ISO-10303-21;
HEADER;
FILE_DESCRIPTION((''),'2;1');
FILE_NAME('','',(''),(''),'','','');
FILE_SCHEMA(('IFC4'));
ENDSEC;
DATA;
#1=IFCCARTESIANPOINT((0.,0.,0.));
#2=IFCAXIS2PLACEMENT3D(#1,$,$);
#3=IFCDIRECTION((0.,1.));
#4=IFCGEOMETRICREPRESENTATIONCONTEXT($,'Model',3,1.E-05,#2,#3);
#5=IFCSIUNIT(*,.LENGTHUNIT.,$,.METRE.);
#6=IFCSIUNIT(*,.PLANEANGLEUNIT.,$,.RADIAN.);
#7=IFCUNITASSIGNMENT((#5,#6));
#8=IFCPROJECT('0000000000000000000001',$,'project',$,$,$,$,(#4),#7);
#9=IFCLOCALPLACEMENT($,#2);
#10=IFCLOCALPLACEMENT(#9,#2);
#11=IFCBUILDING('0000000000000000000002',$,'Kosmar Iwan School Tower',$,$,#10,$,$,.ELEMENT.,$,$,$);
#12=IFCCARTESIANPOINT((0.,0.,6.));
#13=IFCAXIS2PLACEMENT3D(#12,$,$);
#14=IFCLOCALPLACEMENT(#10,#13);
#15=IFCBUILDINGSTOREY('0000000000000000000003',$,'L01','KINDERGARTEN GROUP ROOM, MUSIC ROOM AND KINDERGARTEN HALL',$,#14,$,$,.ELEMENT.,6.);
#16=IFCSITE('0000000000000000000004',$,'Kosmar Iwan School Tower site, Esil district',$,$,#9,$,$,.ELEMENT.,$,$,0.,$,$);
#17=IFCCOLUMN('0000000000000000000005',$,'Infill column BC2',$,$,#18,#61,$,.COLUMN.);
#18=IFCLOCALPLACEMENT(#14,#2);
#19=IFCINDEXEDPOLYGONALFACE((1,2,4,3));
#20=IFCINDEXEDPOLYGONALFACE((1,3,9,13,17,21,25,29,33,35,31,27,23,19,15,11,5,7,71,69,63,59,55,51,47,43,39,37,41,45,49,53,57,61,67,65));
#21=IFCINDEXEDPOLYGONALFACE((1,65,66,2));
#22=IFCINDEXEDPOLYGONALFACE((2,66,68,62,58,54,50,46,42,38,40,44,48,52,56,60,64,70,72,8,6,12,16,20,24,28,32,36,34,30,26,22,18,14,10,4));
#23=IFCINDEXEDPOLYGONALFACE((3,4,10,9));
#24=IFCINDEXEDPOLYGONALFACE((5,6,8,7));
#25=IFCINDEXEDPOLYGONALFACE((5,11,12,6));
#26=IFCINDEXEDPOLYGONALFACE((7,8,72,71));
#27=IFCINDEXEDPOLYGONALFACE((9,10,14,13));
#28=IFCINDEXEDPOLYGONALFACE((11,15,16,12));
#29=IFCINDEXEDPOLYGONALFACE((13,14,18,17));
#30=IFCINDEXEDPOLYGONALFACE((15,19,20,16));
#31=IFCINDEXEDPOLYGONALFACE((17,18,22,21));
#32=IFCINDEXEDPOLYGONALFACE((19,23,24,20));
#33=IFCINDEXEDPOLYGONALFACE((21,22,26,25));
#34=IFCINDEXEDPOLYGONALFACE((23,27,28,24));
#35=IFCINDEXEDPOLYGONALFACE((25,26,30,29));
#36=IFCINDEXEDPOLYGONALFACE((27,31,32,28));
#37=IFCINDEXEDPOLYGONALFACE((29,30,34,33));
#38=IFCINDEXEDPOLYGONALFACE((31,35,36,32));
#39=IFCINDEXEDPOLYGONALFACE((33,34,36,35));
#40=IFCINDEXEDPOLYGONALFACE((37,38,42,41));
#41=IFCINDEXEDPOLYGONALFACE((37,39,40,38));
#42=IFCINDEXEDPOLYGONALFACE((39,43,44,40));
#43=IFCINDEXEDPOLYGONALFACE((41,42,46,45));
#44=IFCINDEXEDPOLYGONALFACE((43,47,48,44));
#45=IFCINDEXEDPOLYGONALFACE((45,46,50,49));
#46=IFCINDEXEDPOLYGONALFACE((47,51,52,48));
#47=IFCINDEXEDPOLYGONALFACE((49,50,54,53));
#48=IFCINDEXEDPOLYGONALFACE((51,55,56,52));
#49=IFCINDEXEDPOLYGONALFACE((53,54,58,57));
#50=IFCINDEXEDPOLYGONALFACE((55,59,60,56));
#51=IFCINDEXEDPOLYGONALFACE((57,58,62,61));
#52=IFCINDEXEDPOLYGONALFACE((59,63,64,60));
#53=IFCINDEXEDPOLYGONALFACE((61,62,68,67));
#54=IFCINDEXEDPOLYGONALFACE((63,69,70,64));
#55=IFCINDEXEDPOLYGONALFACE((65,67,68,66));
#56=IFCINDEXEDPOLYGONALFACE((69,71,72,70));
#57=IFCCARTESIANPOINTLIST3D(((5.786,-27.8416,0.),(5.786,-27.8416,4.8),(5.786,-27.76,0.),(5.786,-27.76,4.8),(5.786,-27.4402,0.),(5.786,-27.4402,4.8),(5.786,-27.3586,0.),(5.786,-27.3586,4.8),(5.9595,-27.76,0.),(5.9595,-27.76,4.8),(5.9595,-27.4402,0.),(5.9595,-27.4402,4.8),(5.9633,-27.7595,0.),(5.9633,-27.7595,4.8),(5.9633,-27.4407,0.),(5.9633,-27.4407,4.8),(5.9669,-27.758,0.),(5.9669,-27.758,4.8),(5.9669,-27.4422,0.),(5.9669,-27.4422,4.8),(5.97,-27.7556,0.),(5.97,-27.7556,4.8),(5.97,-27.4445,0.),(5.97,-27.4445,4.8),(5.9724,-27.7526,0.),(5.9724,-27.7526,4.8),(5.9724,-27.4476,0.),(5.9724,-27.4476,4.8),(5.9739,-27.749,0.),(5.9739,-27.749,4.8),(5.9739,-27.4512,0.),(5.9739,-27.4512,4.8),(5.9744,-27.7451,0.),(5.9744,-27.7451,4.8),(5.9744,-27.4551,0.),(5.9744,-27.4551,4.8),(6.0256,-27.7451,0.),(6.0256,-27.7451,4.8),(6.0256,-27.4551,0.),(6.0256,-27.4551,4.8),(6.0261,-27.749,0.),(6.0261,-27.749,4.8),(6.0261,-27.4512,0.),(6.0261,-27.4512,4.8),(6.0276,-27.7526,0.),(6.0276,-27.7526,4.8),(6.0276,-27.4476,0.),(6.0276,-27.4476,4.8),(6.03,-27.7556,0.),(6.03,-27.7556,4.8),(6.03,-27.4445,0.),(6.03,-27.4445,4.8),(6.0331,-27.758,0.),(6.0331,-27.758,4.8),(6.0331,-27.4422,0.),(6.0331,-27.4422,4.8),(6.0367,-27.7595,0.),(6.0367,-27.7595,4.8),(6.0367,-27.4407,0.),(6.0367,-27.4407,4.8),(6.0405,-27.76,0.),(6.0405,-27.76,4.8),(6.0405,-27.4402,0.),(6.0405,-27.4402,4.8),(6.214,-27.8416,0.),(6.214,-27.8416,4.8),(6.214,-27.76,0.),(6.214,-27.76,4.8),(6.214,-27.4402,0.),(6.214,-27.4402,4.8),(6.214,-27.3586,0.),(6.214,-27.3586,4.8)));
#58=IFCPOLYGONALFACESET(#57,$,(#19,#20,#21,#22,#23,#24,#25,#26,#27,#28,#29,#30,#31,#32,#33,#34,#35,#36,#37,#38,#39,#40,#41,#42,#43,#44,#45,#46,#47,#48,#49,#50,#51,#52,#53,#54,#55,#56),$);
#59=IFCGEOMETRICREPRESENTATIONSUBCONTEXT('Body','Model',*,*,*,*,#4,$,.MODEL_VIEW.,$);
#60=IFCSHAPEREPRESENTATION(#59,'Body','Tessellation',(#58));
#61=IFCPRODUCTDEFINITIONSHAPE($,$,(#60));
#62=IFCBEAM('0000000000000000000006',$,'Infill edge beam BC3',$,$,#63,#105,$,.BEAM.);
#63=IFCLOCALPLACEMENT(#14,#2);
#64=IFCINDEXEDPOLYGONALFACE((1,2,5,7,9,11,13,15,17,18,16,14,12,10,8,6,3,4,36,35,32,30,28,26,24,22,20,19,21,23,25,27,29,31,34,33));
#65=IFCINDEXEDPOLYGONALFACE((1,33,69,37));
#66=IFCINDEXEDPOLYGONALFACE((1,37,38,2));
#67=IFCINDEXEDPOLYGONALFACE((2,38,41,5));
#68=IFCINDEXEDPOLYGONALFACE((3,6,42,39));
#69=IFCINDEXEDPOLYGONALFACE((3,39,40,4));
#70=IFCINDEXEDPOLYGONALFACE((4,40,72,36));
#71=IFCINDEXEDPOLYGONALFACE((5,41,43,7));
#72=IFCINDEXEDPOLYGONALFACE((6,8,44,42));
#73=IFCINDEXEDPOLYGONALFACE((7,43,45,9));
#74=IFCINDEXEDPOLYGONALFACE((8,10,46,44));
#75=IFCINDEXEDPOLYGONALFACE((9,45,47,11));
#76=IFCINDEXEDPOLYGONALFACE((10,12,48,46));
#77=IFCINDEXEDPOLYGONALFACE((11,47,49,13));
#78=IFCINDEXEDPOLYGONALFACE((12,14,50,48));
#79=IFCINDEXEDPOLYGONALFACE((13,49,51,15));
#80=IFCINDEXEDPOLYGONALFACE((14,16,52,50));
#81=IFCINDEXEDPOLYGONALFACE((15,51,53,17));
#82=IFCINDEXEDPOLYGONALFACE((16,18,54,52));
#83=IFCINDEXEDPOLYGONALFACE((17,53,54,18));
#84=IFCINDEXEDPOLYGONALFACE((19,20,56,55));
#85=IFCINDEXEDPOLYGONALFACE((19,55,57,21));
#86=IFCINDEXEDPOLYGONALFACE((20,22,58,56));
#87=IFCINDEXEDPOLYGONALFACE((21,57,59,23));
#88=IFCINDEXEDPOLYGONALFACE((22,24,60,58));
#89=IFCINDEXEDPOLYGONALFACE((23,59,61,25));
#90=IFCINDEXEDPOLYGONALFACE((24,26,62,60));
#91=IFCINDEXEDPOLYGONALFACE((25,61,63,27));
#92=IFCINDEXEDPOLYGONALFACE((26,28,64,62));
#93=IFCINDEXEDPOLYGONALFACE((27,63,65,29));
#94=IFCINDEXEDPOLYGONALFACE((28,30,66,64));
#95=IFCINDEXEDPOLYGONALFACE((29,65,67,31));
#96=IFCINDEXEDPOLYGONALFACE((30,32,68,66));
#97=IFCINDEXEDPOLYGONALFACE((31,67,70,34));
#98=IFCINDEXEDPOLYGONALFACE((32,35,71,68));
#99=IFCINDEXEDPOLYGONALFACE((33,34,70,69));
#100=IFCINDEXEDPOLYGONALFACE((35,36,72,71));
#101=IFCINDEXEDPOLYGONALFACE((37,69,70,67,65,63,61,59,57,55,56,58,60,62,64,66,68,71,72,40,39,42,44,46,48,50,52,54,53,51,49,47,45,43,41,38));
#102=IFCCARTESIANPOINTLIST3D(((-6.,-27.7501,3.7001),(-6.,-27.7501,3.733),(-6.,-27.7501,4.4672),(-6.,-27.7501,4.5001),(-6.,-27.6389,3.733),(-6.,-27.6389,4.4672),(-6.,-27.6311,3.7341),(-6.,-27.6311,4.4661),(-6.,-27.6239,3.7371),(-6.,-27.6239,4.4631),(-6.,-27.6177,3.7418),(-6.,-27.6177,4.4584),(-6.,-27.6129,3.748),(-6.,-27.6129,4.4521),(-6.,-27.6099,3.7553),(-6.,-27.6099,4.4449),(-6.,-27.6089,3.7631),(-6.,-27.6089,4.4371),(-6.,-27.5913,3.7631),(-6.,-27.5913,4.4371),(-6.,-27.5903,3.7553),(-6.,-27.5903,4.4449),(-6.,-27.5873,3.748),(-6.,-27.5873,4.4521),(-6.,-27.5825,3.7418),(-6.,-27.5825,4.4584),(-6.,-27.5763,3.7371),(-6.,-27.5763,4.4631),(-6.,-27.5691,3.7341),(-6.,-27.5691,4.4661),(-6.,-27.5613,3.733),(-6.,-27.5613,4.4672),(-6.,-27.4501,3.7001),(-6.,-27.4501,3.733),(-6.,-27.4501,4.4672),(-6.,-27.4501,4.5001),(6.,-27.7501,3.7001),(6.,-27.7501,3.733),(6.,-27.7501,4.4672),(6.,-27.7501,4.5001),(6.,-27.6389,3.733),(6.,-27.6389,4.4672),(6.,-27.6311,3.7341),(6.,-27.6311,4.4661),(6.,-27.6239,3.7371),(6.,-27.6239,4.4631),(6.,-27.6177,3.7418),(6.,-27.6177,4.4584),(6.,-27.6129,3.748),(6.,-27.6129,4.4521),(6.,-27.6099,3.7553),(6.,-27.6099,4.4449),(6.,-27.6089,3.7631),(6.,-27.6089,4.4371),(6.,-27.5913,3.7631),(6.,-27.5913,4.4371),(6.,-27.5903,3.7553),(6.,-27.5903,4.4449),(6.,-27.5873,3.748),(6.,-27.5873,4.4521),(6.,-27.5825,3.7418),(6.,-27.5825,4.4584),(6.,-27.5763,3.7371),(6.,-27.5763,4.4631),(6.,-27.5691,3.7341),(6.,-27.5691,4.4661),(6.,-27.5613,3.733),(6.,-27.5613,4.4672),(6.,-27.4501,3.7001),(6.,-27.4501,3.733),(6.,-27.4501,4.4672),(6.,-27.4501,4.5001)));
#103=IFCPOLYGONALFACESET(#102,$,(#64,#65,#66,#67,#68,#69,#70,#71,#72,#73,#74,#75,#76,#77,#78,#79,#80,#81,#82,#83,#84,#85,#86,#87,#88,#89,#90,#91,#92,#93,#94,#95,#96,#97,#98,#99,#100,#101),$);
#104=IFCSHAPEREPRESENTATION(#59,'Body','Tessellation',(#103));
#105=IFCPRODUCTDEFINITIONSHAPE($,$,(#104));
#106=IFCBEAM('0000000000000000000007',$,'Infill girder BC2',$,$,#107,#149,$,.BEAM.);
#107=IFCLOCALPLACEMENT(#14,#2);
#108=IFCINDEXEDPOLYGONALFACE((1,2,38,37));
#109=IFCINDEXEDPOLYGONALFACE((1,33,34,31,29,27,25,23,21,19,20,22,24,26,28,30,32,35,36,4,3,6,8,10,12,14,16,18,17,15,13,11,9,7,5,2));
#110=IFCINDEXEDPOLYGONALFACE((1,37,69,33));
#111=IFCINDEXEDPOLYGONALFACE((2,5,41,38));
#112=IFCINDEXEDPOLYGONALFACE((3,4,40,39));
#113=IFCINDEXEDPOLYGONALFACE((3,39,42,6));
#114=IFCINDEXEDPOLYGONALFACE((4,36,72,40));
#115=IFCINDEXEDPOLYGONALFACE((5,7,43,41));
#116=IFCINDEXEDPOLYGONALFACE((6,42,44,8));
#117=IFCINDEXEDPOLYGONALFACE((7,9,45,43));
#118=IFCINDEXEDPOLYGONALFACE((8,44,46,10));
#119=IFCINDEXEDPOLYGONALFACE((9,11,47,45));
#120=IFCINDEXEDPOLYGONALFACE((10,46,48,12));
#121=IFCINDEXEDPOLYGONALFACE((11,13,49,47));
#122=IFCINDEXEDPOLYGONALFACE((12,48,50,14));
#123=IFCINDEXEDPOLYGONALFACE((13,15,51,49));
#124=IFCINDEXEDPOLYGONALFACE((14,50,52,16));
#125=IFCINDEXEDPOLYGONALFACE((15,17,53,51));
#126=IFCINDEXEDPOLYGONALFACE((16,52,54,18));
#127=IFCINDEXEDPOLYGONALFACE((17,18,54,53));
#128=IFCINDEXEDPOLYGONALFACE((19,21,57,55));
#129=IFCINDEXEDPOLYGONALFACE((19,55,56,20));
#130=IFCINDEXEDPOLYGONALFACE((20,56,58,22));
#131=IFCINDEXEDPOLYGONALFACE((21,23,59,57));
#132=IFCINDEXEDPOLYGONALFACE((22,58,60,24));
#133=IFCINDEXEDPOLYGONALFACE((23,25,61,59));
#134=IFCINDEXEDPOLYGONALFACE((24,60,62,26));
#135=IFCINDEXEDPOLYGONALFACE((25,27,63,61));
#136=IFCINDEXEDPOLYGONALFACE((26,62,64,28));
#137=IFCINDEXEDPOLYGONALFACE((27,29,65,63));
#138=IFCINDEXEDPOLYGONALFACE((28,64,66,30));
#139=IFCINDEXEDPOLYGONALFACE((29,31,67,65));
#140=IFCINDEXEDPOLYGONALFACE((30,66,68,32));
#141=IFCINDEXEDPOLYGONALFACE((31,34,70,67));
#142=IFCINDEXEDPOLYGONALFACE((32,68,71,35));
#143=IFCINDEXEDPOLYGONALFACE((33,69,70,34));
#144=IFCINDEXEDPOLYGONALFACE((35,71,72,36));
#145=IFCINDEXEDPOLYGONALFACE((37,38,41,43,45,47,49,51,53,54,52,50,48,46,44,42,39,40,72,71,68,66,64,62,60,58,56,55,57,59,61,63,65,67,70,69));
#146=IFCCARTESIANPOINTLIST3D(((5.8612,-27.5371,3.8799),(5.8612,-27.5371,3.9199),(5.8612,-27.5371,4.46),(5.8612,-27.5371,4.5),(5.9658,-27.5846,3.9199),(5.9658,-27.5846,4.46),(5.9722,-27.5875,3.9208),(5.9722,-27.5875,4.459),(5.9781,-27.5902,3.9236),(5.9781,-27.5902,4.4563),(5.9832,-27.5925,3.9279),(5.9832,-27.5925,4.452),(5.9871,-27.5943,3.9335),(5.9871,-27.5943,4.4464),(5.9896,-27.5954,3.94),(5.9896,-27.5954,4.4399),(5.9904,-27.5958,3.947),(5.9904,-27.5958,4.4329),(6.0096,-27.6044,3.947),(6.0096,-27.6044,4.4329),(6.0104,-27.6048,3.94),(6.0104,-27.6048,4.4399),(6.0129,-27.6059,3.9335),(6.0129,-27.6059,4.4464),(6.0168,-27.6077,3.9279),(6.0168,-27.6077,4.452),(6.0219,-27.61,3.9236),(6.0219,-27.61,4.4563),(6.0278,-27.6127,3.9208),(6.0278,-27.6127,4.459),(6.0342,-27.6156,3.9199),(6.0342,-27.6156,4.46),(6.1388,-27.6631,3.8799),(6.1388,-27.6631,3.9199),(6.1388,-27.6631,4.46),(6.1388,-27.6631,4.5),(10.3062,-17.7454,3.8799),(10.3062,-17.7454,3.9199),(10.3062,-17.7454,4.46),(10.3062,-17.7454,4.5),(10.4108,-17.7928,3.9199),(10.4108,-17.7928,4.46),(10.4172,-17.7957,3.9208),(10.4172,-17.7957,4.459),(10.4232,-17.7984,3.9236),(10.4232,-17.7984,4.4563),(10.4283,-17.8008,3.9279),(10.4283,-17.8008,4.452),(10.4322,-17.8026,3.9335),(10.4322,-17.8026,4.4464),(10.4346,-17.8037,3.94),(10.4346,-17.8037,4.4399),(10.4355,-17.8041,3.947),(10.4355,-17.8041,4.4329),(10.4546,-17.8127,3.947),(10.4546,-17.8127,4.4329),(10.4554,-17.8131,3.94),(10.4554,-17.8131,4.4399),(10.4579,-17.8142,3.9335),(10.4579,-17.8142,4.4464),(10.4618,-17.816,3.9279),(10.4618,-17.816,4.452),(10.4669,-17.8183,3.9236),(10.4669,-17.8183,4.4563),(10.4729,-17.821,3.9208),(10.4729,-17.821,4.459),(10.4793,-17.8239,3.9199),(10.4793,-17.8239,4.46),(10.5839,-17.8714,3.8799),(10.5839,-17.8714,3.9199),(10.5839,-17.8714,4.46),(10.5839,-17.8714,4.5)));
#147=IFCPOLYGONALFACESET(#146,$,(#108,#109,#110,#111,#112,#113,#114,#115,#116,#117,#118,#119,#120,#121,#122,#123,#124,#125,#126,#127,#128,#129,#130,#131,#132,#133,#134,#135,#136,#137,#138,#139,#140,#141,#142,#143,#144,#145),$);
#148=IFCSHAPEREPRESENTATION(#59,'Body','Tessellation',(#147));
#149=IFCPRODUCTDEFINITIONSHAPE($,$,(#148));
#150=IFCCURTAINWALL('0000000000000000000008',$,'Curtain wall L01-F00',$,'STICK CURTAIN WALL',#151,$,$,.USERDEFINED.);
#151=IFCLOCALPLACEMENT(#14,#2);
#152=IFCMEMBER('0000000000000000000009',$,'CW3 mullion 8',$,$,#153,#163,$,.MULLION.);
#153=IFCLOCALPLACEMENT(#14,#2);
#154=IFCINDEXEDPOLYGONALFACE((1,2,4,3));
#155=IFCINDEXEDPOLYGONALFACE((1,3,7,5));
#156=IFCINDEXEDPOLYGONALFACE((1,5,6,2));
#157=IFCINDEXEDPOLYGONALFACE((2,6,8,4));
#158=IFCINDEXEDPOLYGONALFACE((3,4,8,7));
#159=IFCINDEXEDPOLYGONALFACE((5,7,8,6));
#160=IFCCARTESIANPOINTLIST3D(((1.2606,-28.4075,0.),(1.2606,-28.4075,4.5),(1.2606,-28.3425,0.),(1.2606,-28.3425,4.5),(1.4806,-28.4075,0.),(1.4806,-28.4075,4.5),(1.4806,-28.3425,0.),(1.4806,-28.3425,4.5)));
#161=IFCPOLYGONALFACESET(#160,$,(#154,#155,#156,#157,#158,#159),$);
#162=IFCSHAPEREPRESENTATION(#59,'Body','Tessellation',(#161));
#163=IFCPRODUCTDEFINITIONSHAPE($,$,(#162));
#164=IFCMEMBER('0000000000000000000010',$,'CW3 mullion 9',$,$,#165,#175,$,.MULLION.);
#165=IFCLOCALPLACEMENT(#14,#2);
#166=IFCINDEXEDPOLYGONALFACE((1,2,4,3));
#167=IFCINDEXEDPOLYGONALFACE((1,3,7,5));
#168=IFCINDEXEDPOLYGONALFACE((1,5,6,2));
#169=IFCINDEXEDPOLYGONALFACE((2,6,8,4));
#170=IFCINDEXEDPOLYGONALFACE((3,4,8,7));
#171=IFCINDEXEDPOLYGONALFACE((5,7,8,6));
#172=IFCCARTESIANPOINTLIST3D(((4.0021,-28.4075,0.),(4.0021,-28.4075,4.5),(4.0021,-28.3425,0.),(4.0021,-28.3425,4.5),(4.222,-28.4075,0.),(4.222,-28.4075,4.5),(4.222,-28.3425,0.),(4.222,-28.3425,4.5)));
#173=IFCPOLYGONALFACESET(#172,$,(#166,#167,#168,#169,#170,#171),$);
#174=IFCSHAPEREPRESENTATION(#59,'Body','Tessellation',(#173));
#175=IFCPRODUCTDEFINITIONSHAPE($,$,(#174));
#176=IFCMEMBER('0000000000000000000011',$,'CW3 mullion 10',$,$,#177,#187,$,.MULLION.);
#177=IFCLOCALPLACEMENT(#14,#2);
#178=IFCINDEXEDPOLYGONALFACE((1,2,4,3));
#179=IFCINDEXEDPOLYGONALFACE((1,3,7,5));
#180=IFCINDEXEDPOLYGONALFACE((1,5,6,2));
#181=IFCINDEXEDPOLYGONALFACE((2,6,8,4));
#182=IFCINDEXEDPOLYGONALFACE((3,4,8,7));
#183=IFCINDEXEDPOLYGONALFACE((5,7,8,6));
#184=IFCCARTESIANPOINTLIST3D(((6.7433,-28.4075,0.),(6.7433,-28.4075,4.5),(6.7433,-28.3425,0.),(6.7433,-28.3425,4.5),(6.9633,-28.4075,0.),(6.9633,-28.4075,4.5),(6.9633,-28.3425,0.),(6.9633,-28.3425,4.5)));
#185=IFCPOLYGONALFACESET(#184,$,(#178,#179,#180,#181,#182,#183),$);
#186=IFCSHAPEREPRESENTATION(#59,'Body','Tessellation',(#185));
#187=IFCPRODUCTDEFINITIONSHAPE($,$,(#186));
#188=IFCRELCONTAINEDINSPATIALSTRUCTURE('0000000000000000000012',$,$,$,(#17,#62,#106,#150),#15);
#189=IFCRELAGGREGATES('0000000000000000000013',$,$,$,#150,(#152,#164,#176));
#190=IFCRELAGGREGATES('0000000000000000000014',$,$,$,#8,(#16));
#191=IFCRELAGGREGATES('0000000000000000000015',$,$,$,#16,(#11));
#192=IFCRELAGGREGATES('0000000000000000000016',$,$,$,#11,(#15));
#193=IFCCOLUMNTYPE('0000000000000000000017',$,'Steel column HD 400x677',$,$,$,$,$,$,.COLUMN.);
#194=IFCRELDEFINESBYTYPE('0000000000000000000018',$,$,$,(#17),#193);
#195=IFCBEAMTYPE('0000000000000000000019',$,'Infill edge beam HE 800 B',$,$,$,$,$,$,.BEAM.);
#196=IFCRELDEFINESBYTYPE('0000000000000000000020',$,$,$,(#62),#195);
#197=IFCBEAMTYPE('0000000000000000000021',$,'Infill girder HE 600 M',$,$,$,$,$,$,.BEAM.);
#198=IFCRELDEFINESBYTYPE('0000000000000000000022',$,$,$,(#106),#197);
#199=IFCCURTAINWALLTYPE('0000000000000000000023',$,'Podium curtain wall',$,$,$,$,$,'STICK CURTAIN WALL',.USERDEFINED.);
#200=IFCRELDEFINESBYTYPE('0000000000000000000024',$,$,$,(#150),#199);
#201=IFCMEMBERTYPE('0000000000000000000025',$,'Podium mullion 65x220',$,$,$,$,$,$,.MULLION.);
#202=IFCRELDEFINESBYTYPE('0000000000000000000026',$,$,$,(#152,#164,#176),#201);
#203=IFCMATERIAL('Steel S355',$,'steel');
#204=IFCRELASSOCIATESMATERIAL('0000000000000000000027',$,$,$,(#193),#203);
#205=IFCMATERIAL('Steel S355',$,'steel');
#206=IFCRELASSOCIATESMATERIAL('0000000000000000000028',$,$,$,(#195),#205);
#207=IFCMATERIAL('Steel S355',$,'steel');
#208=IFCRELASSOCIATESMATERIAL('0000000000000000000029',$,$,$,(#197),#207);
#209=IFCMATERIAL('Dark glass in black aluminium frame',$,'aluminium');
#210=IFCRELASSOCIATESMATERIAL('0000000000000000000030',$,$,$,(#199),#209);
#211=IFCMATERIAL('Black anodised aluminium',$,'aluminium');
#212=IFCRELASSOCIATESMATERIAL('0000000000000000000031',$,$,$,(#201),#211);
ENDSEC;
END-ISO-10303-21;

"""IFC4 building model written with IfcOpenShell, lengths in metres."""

from ifc_helpers import new_model, si_unit, direction, frame, origin, origin_2d, place, context, subcontext, project, spatial, rectangle, i_section, extrude, material, material_profile, profile_set, type_object, element, aggregate, save


model = new_model("IFC4")

# Units and contexts
model_context = context("Model", 3, precision=1e-05, world=origin(), true_north=direction((0.0, 1.0)))
body_context = subcontext(model_context, "Body", "Model", "MODEL_VIEW")
ifc_project = project(units=[si_unit("LENGTHUNIT", "METRE"), si_unit("PLANEANGLEUNIT", "RADIAN")], contexts=[model_context])

# Site, building, storey
site_placement = place(None, origin())
site = spatial("IfcSite", under=ifc_project, at=site_placement, Name="Kosmar Iwan School Tower site, Esil district", CompositionType="ELEMENT", RefElevation=0.0)
building_placement = place(site_placement, origin())
building = spatial("IfcBuilding", under=site, at=building_placement, Name="Kosmar Iwan School Tower", CompositionType="ELEMENT")
storey_placement = place(building_placement, frame((0.0, 0.0, 6.0)))
storey = spatial("IfcBuildingStorey", under=building, at=storey_placement, Name="L01", Description="KINDERGARTEN GROUP ROOM, MUSIC ROOM AND KINDERGARTEN HALL", CompositionType="ELEMENT", Elevation=6.0)

# Column
ifc_material_1 = material(Name="Steel S355", Category="steel")
ifc_material_profile_1 = material_profile(ifc_material_1, i_section(OverallWidth=0.428, OverallDepth=0.4829, WebThickness=0.0513, FlangeThickness=0.0815, FilletRadius=0.0149, at=origin_2d()), Name="HD 400x677")
ifc_profile_set_1 = profile_set([ifc_material_profile_1], Name="Steel S355")
column_type = type_object("IfcColumnType", Name="Steel column HD 400x677", PredefinedType="COLUMN", material=ifc_profile_set_1)
column_placement = place(storey_placement, frame((6.0, -27.6001, 0.0), z_axis=(0.0, 0.0, 1.0), x_axis=(1.0, 0.0, 0.0)))
element("IfcColumn", 1, at=column_placement, inside=storey, type_object=column_type, Name="Infill column BC2", PredefinedType="COLUMN", context=body_context, shape_type="SweptSolid", body=[
    extrude(i_section(OverallWidth=0.428, OverallDepth=0.4829, WebThickness=0.0513, FlangeThickness=0.0815, FilletRadius=0.0149, at=origin_2d()), origin(), (0.0, 0.0, 1.0), 4.8),
])

# Beams
ifc_material_2 = material(Name="Steel S355", Category="steel")
ifc_material_profile_2 = material_profile(ifc_material_2, i_section(OverallWidth=0.3, OverallDepth=0.8, WebThickness=0.0176, FlangeThickness=0.033, FilletRadius=0.03, at=origin_2d()), Name="HE 800 B")
ifc_profile_set_2 = profile_set([ifc_material_profile_2], Name="Steel S355")
beam_type_1 = type_object("IfcBeamType", Name="Infill edge beam HE 800 B", PredefinedType="BEAM", material=ifc_profile_set_2)
beam_1_placement = place(storey_placement, frame((6.0, -27.6001, 4.1001), z_axis=(-1.0, 0.0, 0.0), x_axis=(0.0, -1.0, 0.0)))
element("IfcBeam", 2, at=beam_1_placement, inside=storey, type_object=beam_type_1, Name="Infill edge beam BC3", PredefinedType="BEAM", context=body_context, shape_type="SweptSolid", body=[
    extrude(i_section(OverallWidth=0.3, OverallDepth=0.8, WebThickness=0.0176, FlangeThickness=0.033, FilletRadius=0.03, at=origin_2d()), origin(), (0.0, 0.0, 1.0), 12.0),
])
ifc_material_3 = material(Name="Steel S355", Category="steel")
ifc_material_profile_3 = material_profile(ifc_material_3, i_section(OverallWidth=0.3049, OverallDepth=0.6201, WebThickness=0.021, FlangeThickness=0.04, FilletRadius=0.0271, at=origin_2d()), Name="HE 600 M")
ifc_profile_set_3 = profile_set([ifc_material_profile_3], Name="Steel S355")
beam_type_2 = type_object("IfcBeamType", Name="Infill girder HE 600 M", PredefinedType="BEAM", material=ifc_profile_set_3)
beam_2_placement = place(storey_placement, frame((6.0, -27.6001, 4.1899), z_axis=(0.413362, 0.910567, 0.0), x_axis=(-0.910567, 0.413362, 0.0)))
element("IfcBeam", 3, at=beam_2_placement, inside=storey, type_object=beam_type_2, Name="Infill girder BC2", PredefinedType="BEAM", context=body_context, shape_type="SweptSolid", body=[
    extrude(i_section(OverallWidth=0.3049, OverallDepth=0.6201, WebThickness=0.021, FlangeThickness=0.04, FilletRadius=0.0271, at=origin_2d()), origin(), (0.0, 0.0, 1.0), 10.7534),
])

# Curtain wall, members
ifc_material_4 = material(Name="Dark glass in black aluminium frame", Category="aluminium")
curtain_wall_type = type_object("IfcCurtainWallType", Name="Podium curtain wall", ElementType="STICK CURTAIN WALL", PredefinedType="USERDEFINED", material=ifc_material_4)
curtain_wall_placement = place(storey_placement, origin())
curtain_wall = element("IfcCurtainWall", 4, at=curtain_wall_placement, inside=storey, type_object=curtain_wall_type, Name="Curtain wall L01-F00", ObjectType="STICK CURTAIN WALL", PredefinedType="USERDEFINED")
ifc_material_5 = material(Name="Black anodised aluminium", Category="aluminium")
ifc_material_profile_4 = material_profile(ifc_material_5, rectangle(XDim=0.0649, YDim=0.22, at=origin_2d()), Name="MULLION 65x220")
ifc_profile_set_4 = profile_set([ifc_material_profile_4], Name="Black anodised aluminium")
member_type_1 = type_object("IfcMemberType", Name="Podium mullion 65x220", PredefinedType="MULLION", material=ifc_profile_set_4)
member_1_placement = place(storey_placement, frame((1.3706, -28.375, 0.0), z_axis=(0.0, 0.0, 1.0), x_axis=(0.0, 1.0, 0.0)))
member_1 = element("IfcMember", 5, at=member_1_placement, type_object=member_type_1, Name="CW3 mullion 8", PredefinedType="MULLION", context=body_context, shape_type="SweptSolid", body=[
    extrude(rectangle(XDim=0.0649, YDim=0.22, at=origin_2d()), origin(), (0.0, 0.0, 1.0), 4.5),
])
member_2_placement = place(storey_placement, frame((4.1121, -28.375, 0.0), z_axis=(0.0, 0.0, 1.0), x_axis=(0.0, 1.0, 0.0)))
member_2 = element("IfcMember", 6, at=member_2_placement, type_object=member_type_1, Name="CW3 mullion 9", PredefinedType="MULLION", context=body_context, shape_type="SweptSolid", body=[
    extrude(rectangle(XDim=0.0649, YDim=0.22, at=origin_2d()), origin(), (0.0, 0.0, 1.0), 4.5),
])
member_3_placement = place(storey_placement, frame((6.8533, -28.375, 0.0), z_axis=(0.0, 0.0, 1.0), x_axis=(0.0, 1.0, 0.0)))
member_3 = element("IfcMember", 7, at=member_3_placement, type_object=member_type_1, Name="CW3 mullion 10", PredefinedType="MULLION", context=body_context, shape_type="SweptSolid", body=[
    extrude(rectangle(XDim=0.0649, YDim=0.22, at=origin_2d()), origin(), (0.0, 0.0, 1.0), 4.5),
])
aggregate(curtain_wall, [member_1, member_2, member_3])

save(model, "model.ifc")
